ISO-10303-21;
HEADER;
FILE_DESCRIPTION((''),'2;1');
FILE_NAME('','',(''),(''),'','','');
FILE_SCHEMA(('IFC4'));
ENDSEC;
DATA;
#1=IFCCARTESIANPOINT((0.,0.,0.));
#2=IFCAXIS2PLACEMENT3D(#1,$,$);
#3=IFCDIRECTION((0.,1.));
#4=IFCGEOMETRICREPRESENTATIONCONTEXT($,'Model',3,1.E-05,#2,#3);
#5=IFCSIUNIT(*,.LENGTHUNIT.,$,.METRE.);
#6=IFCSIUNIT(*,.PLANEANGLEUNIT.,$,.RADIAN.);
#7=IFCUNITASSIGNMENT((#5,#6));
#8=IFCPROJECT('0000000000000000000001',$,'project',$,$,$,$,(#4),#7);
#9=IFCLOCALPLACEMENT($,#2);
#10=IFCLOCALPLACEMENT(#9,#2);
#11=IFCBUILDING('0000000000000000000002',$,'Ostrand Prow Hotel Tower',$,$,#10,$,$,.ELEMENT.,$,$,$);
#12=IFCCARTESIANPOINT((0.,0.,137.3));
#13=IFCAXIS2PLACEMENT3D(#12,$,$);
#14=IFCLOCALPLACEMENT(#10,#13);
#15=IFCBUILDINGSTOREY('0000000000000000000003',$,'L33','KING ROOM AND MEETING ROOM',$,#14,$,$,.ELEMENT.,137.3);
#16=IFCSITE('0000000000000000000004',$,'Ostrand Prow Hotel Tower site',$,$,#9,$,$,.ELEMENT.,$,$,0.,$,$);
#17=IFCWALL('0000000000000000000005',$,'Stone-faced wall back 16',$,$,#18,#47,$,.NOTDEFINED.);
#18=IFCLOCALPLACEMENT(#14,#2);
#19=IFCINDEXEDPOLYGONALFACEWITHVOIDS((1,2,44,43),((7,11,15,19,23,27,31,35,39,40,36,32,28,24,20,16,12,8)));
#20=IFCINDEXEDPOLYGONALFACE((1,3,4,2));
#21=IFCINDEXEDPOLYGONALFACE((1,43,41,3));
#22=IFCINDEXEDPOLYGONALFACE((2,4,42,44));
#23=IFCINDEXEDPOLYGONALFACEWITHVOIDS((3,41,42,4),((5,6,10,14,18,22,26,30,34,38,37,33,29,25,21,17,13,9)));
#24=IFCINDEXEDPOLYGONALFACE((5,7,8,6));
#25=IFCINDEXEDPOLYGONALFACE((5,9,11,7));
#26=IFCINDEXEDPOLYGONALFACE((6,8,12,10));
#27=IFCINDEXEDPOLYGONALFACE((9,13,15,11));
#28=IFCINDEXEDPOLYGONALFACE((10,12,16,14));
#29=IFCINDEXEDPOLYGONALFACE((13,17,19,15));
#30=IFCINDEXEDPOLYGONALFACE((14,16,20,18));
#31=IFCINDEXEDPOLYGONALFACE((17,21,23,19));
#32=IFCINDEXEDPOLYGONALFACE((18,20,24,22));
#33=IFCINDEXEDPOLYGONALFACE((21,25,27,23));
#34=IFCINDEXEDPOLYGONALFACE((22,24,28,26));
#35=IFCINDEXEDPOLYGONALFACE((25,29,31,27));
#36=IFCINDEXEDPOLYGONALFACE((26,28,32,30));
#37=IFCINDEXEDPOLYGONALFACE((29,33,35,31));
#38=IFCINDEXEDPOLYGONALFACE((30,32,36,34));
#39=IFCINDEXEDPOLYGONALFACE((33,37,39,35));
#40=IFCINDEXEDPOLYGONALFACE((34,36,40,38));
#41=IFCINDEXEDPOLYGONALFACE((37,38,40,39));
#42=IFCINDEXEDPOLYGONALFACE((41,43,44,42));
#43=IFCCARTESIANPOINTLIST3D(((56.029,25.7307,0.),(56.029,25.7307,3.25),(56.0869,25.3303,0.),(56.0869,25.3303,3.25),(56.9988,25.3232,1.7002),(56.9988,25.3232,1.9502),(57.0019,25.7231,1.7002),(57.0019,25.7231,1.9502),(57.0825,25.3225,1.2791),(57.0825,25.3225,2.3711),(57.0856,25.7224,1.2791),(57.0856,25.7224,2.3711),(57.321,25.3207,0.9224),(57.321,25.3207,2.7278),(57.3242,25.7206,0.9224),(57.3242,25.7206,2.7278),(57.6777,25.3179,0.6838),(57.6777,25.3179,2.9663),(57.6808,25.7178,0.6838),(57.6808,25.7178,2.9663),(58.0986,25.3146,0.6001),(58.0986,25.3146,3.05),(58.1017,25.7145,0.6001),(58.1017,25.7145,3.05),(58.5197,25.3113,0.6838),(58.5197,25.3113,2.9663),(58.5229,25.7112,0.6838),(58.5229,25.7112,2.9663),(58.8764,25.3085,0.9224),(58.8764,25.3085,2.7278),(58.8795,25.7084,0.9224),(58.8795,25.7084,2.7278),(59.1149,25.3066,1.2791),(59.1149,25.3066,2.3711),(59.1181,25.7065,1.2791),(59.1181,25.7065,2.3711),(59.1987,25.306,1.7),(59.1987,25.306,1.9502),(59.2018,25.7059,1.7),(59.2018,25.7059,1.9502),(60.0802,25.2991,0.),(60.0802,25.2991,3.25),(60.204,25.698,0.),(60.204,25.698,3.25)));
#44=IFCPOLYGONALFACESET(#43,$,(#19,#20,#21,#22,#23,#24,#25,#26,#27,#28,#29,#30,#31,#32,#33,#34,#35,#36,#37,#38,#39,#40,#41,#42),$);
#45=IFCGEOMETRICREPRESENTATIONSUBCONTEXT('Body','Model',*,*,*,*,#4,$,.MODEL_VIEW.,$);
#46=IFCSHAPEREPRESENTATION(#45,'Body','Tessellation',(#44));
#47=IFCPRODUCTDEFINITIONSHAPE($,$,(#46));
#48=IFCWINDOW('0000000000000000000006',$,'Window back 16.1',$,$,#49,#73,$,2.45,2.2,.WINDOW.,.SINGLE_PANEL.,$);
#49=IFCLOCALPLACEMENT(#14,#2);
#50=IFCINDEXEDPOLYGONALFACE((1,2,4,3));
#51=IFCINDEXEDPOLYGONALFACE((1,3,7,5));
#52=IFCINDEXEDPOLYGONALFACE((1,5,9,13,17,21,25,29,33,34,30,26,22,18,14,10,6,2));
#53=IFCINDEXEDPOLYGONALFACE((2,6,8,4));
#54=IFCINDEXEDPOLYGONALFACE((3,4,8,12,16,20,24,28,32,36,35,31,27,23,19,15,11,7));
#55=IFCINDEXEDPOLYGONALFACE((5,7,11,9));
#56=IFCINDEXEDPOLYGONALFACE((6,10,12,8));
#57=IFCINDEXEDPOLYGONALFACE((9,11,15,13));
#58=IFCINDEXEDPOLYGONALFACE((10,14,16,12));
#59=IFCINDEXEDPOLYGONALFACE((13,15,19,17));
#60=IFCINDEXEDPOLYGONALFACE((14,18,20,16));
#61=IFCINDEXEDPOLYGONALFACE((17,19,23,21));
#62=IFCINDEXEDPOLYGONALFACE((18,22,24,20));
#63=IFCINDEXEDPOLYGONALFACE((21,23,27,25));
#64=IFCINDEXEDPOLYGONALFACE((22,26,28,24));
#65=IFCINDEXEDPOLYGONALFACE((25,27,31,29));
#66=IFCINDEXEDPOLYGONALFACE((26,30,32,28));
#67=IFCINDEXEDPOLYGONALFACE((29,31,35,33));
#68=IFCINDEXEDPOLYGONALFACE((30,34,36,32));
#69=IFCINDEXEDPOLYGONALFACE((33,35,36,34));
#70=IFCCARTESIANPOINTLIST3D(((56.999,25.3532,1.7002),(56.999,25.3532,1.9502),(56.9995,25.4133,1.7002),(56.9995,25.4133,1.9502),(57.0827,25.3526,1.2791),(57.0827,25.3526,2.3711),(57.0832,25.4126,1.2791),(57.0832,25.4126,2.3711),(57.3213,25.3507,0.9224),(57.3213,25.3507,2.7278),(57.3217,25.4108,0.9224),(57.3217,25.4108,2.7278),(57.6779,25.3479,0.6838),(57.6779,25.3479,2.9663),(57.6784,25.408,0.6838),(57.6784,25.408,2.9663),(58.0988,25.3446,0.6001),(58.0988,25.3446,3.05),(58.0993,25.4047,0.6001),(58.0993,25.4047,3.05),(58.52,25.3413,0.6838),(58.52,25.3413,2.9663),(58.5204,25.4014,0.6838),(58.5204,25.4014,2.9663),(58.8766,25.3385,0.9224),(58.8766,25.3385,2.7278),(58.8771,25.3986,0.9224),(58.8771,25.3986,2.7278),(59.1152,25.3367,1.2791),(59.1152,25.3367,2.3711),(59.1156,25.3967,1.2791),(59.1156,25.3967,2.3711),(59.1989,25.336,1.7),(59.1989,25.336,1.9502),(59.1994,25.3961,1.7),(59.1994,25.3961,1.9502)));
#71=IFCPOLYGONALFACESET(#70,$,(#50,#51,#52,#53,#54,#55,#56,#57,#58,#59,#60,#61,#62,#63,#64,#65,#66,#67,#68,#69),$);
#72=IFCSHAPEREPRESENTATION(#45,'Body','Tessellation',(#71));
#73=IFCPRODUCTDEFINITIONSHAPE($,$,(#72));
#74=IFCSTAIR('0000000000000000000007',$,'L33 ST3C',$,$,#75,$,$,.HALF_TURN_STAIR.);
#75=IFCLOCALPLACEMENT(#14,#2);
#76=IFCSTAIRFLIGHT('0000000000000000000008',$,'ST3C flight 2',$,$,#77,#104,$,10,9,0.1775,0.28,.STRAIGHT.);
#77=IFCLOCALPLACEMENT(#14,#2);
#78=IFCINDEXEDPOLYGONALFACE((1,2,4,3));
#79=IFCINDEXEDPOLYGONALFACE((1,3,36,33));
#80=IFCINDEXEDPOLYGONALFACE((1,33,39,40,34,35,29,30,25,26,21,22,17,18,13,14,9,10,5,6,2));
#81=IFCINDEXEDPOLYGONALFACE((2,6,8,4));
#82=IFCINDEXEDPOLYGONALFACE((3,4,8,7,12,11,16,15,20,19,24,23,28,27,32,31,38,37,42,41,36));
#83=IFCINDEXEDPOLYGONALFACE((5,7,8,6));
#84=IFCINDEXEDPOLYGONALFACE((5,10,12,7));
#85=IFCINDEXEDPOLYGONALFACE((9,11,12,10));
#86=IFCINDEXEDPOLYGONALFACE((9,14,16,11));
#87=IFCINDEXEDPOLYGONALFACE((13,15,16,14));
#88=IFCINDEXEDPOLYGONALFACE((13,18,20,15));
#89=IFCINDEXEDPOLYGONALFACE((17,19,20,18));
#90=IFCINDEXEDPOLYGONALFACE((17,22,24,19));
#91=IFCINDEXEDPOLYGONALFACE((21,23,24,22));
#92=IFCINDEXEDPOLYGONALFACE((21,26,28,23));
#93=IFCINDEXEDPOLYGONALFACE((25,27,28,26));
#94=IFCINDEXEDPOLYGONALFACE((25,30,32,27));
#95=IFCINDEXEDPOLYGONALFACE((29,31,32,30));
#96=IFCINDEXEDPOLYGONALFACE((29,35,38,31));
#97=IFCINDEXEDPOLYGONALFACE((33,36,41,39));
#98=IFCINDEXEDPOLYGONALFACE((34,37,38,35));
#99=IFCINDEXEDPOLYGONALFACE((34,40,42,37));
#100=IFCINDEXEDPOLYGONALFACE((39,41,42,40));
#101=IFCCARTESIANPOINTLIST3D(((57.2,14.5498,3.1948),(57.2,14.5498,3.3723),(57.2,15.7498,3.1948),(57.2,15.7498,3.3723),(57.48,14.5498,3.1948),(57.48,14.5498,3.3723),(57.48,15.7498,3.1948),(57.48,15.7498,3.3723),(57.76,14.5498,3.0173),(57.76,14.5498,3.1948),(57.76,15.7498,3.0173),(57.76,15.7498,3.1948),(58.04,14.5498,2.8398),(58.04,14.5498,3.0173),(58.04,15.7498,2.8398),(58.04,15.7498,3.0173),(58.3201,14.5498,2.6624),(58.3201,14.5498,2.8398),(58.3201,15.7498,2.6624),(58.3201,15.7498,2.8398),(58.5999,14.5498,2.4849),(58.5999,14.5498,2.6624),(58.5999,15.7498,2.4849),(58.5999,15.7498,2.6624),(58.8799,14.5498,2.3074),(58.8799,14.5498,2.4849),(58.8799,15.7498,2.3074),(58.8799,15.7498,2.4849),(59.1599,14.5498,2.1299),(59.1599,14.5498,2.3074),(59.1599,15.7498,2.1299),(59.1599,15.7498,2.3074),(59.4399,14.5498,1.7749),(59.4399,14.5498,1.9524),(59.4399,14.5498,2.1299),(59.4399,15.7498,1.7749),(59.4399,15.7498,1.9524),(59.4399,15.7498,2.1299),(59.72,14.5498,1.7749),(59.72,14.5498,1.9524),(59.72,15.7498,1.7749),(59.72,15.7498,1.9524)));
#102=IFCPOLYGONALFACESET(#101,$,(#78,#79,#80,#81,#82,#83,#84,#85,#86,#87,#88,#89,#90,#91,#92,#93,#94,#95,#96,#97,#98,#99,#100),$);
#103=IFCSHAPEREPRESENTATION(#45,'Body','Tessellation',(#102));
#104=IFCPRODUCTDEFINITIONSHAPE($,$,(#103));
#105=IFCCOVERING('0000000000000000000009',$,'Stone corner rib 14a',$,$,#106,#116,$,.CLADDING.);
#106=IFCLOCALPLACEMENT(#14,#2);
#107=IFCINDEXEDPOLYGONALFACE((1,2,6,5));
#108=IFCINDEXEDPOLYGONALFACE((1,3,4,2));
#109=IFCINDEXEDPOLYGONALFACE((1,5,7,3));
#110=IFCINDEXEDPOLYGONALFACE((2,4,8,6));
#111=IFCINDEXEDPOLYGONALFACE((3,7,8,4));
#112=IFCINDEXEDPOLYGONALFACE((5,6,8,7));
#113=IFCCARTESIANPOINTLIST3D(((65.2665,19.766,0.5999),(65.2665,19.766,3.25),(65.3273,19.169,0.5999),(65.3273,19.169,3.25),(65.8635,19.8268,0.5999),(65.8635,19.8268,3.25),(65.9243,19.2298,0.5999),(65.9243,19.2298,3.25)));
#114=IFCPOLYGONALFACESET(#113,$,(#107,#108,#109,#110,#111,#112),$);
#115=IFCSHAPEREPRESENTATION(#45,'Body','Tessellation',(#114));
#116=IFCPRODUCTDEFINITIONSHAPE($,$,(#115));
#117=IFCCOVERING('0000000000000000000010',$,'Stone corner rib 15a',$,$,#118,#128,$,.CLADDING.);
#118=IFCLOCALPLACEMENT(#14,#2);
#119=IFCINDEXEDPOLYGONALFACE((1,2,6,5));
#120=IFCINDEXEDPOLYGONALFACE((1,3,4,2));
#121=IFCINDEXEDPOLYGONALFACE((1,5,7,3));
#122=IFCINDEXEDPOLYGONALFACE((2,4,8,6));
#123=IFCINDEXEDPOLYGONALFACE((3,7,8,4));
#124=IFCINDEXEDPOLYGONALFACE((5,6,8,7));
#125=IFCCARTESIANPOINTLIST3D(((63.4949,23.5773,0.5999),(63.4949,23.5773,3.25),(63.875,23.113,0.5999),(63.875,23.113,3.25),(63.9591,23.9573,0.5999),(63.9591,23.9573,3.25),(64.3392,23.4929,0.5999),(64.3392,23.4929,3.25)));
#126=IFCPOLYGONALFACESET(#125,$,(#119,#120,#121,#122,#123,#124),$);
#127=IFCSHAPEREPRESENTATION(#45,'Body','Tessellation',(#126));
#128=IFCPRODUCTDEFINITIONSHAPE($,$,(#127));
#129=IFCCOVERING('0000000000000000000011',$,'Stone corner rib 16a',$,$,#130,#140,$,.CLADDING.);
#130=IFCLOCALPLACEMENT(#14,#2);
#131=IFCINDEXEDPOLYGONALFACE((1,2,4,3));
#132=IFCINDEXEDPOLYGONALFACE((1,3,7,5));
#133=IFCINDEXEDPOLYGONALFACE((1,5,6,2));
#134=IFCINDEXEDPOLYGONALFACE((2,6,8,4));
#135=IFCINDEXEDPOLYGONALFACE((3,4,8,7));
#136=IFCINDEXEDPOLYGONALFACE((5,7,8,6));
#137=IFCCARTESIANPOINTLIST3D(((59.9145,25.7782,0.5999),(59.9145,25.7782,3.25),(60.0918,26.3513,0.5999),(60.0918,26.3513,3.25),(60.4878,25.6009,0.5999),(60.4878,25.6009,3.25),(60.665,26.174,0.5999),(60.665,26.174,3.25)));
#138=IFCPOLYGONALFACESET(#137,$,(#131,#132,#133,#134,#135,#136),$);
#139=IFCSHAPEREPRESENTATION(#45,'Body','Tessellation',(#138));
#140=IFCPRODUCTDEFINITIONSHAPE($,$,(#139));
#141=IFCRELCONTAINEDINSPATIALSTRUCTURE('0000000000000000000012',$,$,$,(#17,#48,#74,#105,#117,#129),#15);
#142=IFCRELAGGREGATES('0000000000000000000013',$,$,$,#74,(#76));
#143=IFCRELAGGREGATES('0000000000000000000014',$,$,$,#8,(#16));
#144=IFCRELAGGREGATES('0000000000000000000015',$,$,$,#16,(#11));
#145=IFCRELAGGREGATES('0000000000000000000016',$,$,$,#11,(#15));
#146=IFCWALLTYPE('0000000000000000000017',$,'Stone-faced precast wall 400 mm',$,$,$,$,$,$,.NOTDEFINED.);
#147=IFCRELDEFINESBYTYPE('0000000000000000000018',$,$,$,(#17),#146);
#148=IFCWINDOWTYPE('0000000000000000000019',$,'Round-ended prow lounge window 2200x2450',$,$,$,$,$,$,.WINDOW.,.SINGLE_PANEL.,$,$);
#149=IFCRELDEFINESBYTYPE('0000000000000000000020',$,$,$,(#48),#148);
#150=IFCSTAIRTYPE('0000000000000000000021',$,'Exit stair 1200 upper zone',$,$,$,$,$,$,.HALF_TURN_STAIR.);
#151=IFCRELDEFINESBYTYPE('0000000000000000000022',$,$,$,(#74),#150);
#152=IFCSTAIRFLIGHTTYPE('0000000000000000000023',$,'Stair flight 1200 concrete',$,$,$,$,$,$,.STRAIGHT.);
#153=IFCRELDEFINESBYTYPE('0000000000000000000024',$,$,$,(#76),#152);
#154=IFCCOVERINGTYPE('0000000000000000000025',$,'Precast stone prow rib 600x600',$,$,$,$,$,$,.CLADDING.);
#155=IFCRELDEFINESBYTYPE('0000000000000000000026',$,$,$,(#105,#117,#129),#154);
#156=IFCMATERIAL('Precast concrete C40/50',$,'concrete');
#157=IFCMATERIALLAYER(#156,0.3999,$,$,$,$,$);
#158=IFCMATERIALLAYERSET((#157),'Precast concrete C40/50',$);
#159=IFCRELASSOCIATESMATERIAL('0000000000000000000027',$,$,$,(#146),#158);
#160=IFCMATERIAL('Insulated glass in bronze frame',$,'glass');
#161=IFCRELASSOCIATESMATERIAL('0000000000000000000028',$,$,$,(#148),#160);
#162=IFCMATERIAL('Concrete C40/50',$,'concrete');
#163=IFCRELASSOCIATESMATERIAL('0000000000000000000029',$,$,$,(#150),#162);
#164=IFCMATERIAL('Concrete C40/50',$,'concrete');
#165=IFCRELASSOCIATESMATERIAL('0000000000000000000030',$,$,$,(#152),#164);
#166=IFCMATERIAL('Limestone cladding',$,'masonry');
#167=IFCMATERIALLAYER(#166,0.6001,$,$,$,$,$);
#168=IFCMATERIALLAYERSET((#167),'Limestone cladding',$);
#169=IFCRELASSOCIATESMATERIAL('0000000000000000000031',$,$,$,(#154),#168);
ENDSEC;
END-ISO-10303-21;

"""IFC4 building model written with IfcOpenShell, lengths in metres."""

from ifc_helpers import new_model, si_unit, direction, frame, frame_2d, origin, place, context, subcontext, project, spatial, polyline, rectangle, outline, extrude, material, layer, layer_set, type_object, element, fill, aggregate, save


model = new_model("IFC4")

# Units and contexts
model_context = context("Model", 3, precision=1e-05, world=origin(), true_north=direction((0.0, 1.0)))
body_context = subcontext(model_context, "Body", "Model", "MODEL_VIEW")
ifc_project = project(units=[si_unit("LENGTHUNIT", "METRE"), si_unit("PLANEANGLEUNIT", "RADIAN")], contexts=[model_context])

# Site, building, storey
site_placement = place(None, origin())
site = spatial("IfcSite", under=ifc_project, at=site_placement, Name="Ostrand Prow Hotel Tower site", CompositionType="ELEMENT", RefElevation=0.0)
building_placement = place(site_placement, origin())
building = spatial("IfcBuilding", under=site, at=building_placement, Name="Ostrand Prow Hotel Tower", CompositionType="ELEMENT")
storey_placement = place(building_placement, frame((0.0, 0.0, 137.3)))
storey = spatial("IfcBuildingStorey", under=building, at=storey_placement, Name="L33", Description="KING ROOM AND MEETING ROOM", CompositionType="ELEMENT", Elevation=137.3)

# Wall, opening, window
ifc_material_1 = material(Name="Precast concrete C40/50", Category="concrete")
ifc_layer_1 = layer(ifc_material_1, 0.3999)
ifc_layer_set_1 = layer_set([ifc_layer_1], Name="Precast concrete C40/50")
wall_type_1 = type_object("IfcWallType", Name="Stone-faced precast wall 400 mm", PredefinedType="NOTDEFINED", material=ifc_layer_set_1)
ifc_material_2 = material(Name="Insulated glass in bronze frame", Category="glass")
window_type_1 = type_object("IfcWindowType", Name="Round-ended prow lounge window 2200x2450", PartitioningType="SINGLE_PANEL", PredefinedType="WINDOW", material=ifc_material_2)
wall_1_placement = place(storey_placement, frame((60.1421, 25.4985, 0.0), z_axis=(0.0, 0.0, 1.0), x_axis=(-0.999969, 0.007831, 0.0)))
wall_1 = element("IfcWall", 1, at=wall_1_placement, inside=storey, type_object=wall_type_1, Name="Stone-faced wall back 16", PredefinedType="NOTDEFINED", context=body_context, shape_type="SweptSolid", body=[
    extrude(outline(polyline([(-0.0603, -0.2), (4.1147, -0.2), (4.0537, 0.2), (0.0603, 0.2), (-0.0603, -0.2)])), origin(), (0.0, 0.0, 1.0), 3.25),
])
opening_1_placement = place(wall_1_placement, frame((0.9419, 0.0, 0.6001)))
opening_1 = element("IfcOpeningElement", 2, at=opening_1_placement, cuts=wall_1, PredefinedType="OPENING", context=body_context, shape_type="SweptSolid", body=[
    extrude(outline(polyline([(0.0, 1.3501), (0.0837, 1.771), (0.3223, 2.1277), (0.679, 2.3662), (1.1001, 2.45), (1.521, 2.3662), (1.8777, 2.1277), (2.1162, 1.771), (2.2, 1.3501), (2.2, 1.1001), (2.1162, 0.679), (1.8777, 0.3223), (1.521, 0.0837), (1.1001, 0.0), (0.679, 0.0837), (0.3223, 0.3223), (0.0837, 0.679), (0.0, 1.0999), (0.0, 1.3501)])), frame((0.0, 0.21, 0.0), z_axis=(0.0, -1.0, 0.0), x_axis=(1.0, 0.0, 0.0)), (0.0, 0.0, 1.0), 0.4199),
])
window_1_placement = place(opening_1_placement, origin())
window_1 = element("IfcWindow", 3, at=window_1_placement, inside=storey, type_object=window_type_1, Name="Window back 16.1", OverallHeight=2.45, OverallWidth=2.2, PartitioningType="SINGLE_PANEL", PredefinedType="WINDOW", context=body_context, shape_type="SweptSolid", body=[
    extrude(outline(polyline([(0.0, 1.3501), (0.0837, 1.771), (0.3223, 2.1277), (0.679, 2.3662), (1.1001, 2.45), (1.521, 2.3662), (1.8777, 2.1277), (2.1162, 1.771), (2.2, 1.3501), (2.2, 1.1001), (2.1162, 0.679), (1.8777, 0.3223), (1.521, 0.0837), (1.1001, 0.0), (0.679, 0.0837), (0.3223, 0.3223), (0.0837, 0.679), (0.0, 1.0999), (0.0, 1.3501)])), frame((0.0, 0.1699, 0.0), z_axis=(0.0, -1.0, 0.0), x_axis=(1.0, 0.0, 0.0)), (0.0, 0.0, 1.0), 0.0601),
])
fill(opening_1, window_1)

# Stair, stair flight
ifc_material_3 = material(Name="Concrete C40/50", Category="concrete")
stair_type = type_object("IfcStairType", Name="Exit stair 1200 upper zone", PredefinedType="HALF_TURN_STAIR", material=ifc_material_3)
stair_placement = place(storey_placement, origin())
stair = element("IfcStair", 4, at=stair_placement, inside=storey, type_object=stair_type, Name="L33 ST3C", PredefinedType="HALF_TURN_STAIR")
ifc_material_4 = material(Name="Concrete C40/50", Category="concrete")
stair_flight_type = type_object("IfcStairFlightType", Name="Stair flight 1200 concrete", PredefinedType="STRAIGHT", material=ifc_material_4)
stair_flight_placement = place(storey_placement, frame((59.72, 15.1499, 1.7749), z_axis=(0.0, 0.0, 1.0), x_axis=(-1.0, 0.0, 0.0)))
stair_flight = element("IfcStairFlight", 5, at=stair_flight_placement, type_object=stair_flight_type, Name="ST3C flight 2", NumberOfRisers=10, NumberOfTreads=9, PredefinedType="STRAIGHT", RiserHeight=0.1775, TreadLength=0.28, context=body_context, shape_type="SweptSolid", body=[
    extrude(outline(polyline([(0.0, 0.0), (0.0, 0.1775), (0.28, 0.1775), (0.28, 0.355), (0.5601, 0.355), (0.5601, 0.5325), (0.8401, 0.5325), (0.8401, 0.71), (1.1201, 0.71), (1.1201, 0.8875), (1.3999, 0.8875), (1.3999, 1.0649), (1.6799, 1.0649), (1.6799, 1.2424), (1.96, 1.2424), (1.96, 1.4199), (2.24, 1.4199), (2.24, 1.5974), (2.52, 1.5974), (2.52, 1.7749), (2.52, 1.4199), (0.28, 0.0), (0.0, 0.0)])), frame((0.0, 0.6001, 0.0), z_axis=(0.0, -1.0, 0.0), x_axis=(1.0, 0.0, 0.0)), (0.0, 0.0, 1.0), 1.2),
])
aggregate(stair, [stair_flight])

# Coverings
ifc_material_5 = material(Name="Limestone cladding", Category="masonry")
ifc_layer_2 = layer(ifc_material_5, 0.6001)
ifc_layer_set_2 = layer_set([ifc_layer_2], Name="Limestone cladding")
covering_type = type_object("IfcCoveringType", Name="Precast stone prow rib 600x600", PredefinedType="CLADDING", material=ifc_layer_set_2)
covering_placement = place(storey_placement, frame((65.2969, 19.4675, 0.5999), z_axis=(0.0, 0.0, 1.0), x_axis=(0.994854, 0.101316, 0.0)))
element("IfcCovering", 6, at=covering_placement, inside=storey, type_object=covering_type, Name="Stone corner rib 14a", PredefinedType="CLADDING", context=body_context, shape_type="SweptSolid", body=[
    extrude(rectangle(XDim=0.6001, YDim=0.6001, at=frame_2d((0.3, 0.0))), origin(), (0.0, 0.0, 1.0), 2.6501),
])
for number, where, z_axis, x_axis, name in (
    (7, (63.6851, 23.3452, 0.5999), (0.0, 0.0, 1.0), (0.77383, 0.633393, 0.0), "Stone corner rib 15a"),
    (8, (60.2012, 25.6897, 0.5999), (0.0, 0.0, 1.0), (0.295516, 0.955338, 0.0), "Stone corner rib 16a"),
):
    element("IfcCovering", number, at=place(storey_placement, frame(where, z_axis=z_axis, x_axis=x_axis)), inside=storey, type_object=covering_type, Name=name, PredefinedType="CLADDING", context=body_context, shape_type="SweptSolid", body=[
        extrude(rectangle(XDim=0.5999, YDim=0.6001, at=frame_2d((0.2998, 0.0))), origin(), (0.0, 0.0, 1.0), 2.6501),
    ])

save(model, "model.ifc")
